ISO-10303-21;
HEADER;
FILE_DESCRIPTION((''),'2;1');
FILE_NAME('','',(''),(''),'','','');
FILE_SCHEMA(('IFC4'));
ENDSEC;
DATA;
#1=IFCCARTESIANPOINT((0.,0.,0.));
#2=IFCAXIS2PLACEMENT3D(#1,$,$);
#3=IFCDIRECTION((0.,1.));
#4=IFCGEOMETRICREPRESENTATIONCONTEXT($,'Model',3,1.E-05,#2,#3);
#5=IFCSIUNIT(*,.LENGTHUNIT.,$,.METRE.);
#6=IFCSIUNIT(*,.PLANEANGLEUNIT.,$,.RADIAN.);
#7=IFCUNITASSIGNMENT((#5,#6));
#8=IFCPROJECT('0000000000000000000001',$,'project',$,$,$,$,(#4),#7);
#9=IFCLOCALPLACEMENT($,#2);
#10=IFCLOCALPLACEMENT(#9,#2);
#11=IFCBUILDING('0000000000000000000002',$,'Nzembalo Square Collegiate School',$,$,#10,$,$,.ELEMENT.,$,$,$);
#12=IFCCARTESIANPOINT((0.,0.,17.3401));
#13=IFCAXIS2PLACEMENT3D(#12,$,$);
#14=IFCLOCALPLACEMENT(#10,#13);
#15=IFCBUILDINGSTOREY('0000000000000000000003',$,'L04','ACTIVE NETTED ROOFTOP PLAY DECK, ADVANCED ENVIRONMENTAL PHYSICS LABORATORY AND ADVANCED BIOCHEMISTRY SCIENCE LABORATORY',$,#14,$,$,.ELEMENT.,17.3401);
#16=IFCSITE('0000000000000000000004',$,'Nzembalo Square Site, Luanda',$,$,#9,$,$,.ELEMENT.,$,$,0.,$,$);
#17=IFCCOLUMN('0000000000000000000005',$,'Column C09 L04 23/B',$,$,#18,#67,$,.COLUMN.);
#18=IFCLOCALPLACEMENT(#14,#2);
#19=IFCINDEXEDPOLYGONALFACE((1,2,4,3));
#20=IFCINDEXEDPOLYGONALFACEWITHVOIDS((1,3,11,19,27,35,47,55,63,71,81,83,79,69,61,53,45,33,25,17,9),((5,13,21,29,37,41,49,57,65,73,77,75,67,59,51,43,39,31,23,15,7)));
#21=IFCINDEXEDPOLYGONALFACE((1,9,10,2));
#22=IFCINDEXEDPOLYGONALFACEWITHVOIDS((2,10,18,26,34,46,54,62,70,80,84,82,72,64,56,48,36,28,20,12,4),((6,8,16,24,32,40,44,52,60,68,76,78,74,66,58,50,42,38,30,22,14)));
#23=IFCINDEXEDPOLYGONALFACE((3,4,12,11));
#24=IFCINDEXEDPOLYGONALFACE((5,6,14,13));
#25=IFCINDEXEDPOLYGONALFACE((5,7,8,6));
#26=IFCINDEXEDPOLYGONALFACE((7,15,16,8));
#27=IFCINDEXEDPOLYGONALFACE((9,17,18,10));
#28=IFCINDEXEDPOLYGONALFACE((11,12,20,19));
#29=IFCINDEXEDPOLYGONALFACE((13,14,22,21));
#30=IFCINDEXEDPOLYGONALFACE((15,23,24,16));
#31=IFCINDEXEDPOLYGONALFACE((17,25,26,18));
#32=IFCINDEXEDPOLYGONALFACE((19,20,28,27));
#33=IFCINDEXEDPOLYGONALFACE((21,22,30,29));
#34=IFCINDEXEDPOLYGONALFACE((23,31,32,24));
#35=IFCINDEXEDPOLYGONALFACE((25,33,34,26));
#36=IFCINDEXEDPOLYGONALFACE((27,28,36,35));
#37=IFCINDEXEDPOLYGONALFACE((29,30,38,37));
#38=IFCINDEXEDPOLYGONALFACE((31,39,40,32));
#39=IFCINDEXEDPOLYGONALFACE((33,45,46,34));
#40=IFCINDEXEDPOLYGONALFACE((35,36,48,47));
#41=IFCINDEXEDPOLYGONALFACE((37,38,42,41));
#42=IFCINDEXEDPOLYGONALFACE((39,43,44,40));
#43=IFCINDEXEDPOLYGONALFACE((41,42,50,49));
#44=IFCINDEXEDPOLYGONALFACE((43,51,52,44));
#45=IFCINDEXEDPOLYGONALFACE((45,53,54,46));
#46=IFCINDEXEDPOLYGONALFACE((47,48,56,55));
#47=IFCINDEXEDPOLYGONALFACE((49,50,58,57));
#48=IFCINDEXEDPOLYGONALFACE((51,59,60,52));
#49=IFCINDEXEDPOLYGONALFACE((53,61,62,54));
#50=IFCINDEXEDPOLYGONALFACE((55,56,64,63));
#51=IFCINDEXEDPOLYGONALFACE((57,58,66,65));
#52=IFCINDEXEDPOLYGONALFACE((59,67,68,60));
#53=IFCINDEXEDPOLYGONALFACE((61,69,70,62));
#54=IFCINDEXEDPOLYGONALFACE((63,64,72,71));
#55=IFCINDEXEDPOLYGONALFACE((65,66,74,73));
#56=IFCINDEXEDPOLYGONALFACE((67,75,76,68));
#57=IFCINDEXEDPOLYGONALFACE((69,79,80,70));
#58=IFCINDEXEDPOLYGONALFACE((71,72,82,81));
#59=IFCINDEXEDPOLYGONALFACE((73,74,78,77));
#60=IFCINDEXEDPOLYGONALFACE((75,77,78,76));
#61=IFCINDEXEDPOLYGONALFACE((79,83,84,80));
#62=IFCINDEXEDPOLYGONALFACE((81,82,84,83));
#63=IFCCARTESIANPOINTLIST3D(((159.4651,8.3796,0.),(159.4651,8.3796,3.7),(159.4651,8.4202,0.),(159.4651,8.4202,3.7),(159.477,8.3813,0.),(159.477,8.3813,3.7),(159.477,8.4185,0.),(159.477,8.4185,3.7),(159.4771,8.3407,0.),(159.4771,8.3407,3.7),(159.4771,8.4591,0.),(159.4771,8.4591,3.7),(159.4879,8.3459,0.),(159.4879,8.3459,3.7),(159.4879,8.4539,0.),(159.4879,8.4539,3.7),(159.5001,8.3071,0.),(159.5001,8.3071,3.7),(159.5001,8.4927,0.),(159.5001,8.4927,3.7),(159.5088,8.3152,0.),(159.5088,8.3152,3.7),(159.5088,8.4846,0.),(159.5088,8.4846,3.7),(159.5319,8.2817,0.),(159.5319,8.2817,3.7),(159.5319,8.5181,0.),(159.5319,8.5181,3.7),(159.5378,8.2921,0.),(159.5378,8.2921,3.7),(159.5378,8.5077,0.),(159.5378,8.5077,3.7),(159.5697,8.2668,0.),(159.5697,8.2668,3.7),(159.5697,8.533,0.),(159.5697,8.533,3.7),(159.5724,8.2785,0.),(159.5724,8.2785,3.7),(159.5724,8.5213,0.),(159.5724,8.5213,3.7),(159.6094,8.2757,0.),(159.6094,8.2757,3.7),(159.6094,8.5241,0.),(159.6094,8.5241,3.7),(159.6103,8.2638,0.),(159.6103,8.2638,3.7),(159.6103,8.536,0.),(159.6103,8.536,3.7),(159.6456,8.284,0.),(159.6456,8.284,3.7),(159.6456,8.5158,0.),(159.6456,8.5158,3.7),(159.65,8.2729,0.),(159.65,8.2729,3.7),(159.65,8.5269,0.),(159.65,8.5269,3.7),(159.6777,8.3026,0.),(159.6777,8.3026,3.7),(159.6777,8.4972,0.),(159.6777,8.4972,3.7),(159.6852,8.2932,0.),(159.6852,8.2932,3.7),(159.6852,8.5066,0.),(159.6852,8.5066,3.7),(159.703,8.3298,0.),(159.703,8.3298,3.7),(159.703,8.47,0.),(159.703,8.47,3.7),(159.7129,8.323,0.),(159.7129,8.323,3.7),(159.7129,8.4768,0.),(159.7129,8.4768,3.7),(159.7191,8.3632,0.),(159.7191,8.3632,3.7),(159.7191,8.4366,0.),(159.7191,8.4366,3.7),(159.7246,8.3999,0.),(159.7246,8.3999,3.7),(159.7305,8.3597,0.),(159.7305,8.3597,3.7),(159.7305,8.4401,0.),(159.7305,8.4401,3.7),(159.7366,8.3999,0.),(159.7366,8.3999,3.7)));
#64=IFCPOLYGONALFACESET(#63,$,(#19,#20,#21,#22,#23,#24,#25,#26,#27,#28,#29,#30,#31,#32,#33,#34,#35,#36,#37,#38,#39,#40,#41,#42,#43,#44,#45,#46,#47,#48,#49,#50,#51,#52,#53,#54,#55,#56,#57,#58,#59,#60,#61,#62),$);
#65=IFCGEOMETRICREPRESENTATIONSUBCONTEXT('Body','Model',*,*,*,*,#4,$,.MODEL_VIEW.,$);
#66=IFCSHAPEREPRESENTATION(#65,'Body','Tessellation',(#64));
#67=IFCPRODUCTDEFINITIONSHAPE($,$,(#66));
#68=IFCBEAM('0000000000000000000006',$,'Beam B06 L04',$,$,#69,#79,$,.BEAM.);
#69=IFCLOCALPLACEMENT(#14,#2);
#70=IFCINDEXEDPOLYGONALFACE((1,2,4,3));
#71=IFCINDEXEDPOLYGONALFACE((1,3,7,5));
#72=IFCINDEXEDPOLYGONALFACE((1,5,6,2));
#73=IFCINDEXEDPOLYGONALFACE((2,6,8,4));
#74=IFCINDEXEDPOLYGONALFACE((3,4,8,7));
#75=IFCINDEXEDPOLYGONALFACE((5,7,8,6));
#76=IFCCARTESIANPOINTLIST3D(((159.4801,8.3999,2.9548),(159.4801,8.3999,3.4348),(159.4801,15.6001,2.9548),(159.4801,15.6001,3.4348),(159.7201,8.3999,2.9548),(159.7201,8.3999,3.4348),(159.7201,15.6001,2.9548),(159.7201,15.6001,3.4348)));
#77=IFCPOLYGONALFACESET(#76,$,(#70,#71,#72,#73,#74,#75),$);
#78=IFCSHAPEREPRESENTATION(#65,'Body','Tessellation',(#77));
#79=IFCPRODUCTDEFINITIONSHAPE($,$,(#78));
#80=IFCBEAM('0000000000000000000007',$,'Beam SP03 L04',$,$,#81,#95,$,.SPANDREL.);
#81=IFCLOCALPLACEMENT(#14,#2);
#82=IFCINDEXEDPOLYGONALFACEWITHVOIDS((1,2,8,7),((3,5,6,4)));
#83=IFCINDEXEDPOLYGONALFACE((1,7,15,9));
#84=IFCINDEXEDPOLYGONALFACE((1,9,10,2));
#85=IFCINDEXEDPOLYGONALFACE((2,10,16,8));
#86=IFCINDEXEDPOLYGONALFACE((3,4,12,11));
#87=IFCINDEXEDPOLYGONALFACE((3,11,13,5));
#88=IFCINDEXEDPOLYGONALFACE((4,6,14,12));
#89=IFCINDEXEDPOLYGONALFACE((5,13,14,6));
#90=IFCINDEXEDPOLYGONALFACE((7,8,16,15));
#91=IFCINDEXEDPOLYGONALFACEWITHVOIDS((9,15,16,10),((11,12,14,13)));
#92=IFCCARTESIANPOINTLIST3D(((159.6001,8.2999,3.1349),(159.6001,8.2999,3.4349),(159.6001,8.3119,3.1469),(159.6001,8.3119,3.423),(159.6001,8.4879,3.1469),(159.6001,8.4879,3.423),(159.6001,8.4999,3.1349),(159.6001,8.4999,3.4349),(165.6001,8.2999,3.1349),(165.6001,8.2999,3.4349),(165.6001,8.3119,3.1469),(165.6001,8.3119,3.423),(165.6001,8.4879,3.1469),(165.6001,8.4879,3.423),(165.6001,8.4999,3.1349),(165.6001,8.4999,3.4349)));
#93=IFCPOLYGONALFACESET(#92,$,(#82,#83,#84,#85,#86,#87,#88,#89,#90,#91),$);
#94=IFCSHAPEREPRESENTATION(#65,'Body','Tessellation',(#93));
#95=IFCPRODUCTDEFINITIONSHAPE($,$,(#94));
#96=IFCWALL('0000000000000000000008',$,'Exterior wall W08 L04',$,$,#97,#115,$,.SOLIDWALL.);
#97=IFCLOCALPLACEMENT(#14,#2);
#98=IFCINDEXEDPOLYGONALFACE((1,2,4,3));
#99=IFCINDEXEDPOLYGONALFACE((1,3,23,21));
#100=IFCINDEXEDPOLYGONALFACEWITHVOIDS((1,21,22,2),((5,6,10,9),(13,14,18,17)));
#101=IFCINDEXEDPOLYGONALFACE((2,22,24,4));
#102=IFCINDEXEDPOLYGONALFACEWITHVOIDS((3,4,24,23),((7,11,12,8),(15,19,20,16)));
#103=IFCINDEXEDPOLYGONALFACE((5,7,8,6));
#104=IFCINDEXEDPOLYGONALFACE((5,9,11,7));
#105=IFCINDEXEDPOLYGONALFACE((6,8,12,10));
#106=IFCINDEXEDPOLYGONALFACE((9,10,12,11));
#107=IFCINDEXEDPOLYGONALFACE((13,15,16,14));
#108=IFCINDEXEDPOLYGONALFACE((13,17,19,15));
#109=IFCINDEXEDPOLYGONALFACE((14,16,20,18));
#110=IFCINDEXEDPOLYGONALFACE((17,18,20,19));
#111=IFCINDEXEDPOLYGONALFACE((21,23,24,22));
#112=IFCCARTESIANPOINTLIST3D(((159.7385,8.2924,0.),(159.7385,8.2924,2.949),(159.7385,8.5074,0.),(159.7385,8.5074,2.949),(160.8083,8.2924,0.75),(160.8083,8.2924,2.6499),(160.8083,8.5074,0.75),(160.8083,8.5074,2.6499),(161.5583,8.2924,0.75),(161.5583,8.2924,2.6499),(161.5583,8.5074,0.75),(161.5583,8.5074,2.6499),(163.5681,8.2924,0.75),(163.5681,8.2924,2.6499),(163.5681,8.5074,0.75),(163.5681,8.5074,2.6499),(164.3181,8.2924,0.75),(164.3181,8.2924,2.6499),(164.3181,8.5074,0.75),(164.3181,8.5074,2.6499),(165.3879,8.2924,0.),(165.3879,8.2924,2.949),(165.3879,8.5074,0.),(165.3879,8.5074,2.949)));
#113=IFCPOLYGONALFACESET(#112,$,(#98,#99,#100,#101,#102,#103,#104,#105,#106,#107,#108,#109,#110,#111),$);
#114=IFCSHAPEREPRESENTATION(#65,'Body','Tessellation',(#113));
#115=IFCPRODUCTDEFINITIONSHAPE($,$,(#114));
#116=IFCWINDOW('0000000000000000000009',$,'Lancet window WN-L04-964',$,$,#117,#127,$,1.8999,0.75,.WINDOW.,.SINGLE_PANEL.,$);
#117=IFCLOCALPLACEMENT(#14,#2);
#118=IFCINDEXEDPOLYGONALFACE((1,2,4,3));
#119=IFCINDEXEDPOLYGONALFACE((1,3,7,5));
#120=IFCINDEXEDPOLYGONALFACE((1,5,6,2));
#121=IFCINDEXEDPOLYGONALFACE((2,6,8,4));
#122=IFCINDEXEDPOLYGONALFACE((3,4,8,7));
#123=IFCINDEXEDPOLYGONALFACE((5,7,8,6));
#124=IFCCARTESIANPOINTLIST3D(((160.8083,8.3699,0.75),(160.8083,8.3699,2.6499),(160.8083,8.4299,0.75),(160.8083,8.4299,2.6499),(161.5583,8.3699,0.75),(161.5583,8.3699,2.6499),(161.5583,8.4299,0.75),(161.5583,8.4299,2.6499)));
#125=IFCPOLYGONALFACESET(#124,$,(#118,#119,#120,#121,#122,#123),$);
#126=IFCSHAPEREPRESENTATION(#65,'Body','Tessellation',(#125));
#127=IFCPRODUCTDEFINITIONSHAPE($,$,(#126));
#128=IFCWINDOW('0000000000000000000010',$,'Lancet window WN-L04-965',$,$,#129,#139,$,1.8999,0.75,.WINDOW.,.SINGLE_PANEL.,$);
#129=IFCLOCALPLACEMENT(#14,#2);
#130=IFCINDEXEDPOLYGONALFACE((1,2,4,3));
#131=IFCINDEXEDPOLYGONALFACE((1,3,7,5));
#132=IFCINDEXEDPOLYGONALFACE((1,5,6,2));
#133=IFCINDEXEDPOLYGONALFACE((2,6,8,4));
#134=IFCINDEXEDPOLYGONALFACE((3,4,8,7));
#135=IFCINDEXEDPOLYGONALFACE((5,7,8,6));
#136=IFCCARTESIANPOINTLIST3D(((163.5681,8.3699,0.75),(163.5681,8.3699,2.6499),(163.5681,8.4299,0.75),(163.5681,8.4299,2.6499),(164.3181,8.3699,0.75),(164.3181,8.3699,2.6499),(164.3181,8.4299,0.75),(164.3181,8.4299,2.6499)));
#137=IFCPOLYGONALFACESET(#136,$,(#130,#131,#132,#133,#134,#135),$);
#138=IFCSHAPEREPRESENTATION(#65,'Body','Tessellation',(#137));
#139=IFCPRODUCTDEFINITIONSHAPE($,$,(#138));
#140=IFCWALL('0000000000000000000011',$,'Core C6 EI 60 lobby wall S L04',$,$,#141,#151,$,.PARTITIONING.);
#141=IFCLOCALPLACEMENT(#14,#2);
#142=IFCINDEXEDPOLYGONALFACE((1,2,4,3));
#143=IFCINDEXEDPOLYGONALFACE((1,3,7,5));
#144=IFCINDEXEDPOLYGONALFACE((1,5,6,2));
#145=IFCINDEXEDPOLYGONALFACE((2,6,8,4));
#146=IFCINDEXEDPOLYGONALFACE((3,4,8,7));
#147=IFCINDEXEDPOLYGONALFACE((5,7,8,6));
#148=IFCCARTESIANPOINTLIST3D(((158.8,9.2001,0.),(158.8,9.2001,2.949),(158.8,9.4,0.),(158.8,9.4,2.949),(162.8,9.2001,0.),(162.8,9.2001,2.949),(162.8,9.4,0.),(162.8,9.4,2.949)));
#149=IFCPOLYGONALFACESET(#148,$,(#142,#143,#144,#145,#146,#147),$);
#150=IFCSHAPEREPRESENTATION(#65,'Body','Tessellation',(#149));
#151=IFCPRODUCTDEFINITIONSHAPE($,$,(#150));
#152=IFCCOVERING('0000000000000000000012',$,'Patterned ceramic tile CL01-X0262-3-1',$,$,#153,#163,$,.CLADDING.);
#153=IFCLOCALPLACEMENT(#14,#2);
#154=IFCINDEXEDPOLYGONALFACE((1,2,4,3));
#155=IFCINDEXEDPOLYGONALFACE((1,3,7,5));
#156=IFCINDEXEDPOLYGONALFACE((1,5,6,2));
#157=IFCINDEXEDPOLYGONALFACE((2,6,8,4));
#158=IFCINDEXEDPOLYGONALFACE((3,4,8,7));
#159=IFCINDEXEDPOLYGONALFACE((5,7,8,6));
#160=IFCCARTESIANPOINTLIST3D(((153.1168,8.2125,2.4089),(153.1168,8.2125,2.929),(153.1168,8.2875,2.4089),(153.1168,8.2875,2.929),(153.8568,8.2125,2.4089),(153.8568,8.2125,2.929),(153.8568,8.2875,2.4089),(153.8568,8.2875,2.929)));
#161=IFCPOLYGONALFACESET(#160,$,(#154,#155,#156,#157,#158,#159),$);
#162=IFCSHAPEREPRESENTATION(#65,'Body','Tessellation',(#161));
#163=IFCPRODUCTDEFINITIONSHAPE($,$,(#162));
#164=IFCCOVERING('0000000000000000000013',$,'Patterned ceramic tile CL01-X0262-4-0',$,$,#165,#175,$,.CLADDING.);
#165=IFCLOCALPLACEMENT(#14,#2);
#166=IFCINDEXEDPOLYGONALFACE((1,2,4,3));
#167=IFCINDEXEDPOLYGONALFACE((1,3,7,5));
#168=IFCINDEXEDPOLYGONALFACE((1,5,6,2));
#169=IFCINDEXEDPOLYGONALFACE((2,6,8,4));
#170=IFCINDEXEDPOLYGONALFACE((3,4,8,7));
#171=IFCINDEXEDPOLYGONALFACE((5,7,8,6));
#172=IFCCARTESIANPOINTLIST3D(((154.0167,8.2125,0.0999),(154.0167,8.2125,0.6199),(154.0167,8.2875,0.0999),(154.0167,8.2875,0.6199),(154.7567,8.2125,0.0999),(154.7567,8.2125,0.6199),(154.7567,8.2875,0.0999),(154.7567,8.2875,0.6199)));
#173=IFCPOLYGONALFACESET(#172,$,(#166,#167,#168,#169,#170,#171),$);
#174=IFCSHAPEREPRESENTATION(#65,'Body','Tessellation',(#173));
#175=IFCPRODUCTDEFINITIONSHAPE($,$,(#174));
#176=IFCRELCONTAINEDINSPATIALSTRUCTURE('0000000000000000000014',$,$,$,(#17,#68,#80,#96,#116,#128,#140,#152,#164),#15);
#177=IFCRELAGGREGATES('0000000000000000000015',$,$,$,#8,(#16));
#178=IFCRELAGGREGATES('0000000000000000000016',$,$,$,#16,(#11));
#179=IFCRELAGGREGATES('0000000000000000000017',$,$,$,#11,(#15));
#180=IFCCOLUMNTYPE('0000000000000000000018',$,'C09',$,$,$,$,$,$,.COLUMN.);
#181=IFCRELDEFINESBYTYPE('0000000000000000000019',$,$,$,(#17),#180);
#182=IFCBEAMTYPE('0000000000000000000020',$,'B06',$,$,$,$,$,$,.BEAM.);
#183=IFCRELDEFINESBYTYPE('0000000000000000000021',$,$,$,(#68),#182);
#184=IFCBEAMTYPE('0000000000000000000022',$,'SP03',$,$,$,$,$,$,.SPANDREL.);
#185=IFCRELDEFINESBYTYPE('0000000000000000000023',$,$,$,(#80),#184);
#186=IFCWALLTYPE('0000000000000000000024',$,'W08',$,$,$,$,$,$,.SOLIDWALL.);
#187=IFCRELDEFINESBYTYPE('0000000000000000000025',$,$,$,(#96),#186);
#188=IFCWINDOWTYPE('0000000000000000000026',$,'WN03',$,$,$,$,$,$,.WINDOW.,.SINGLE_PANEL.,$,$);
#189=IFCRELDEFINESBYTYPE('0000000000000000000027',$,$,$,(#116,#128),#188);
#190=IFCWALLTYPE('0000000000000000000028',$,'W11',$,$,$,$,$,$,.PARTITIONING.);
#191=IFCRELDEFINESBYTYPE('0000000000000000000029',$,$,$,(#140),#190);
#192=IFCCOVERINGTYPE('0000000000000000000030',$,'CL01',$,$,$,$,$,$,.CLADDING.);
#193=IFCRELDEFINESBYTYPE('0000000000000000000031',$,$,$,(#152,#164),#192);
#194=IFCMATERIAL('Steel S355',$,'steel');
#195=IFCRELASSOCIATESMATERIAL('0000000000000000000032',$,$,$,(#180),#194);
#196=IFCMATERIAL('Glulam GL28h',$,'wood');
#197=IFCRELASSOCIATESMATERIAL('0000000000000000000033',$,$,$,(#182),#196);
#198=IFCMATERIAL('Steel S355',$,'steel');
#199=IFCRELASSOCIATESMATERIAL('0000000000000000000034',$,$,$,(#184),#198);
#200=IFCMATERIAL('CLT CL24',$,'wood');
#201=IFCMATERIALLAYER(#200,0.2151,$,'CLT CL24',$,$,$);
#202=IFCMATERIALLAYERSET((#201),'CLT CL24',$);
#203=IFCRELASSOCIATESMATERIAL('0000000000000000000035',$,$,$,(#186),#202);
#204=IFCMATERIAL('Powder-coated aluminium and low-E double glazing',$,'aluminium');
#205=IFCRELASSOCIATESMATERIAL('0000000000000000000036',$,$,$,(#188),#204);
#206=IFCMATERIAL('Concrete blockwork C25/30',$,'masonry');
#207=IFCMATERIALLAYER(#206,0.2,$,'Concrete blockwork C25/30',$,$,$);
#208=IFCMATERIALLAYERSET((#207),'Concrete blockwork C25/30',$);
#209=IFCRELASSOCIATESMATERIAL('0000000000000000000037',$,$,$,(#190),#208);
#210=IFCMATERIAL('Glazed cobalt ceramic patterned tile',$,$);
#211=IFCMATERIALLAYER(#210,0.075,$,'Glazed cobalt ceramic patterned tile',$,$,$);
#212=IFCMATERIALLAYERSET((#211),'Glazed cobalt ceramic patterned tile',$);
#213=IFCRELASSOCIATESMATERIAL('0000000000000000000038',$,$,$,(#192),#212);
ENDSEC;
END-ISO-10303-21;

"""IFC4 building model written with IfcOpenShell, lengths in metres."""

from ifc_helpers import new_model, si_unit, direction, frame, frame_2d, origin, origin_2d, place, context, subcontext, project, spatial, rectangle, hollow_rectangle, hollow_circle, extrude, material, layer, layer_set, material_profile, profile_set, type_object, element, fill, save


model = new_model("IFC4")

# Units and contexts
model_context = context("Model", 3, precision=1e-05, world=origin(), true_north=direction((0.0, 1.0)))
body_context = subcontext(model_context, "Body", "Model", "MODEL_VIEW")
ifc_project = project(units=[si_unit("LENGTHUNIT", "METRE"), si_unit("PLANEANGLEUNIT", "RADIAN")], contexts=[model_context])

# Site, building, storey
site_placement = place(None, origin())
site = spatial("IfcSite", under=ifc_project, at=site_placement, Name="Nzembalo Square Site, Luanda", CompositionType="ELEMENT", RefElevation=0.0)
building_placement = place(site_placement, origin())
building = spatial("IfcBuilding", under=site, at=building_placement, Name="Nzembalo Square Collegiate School", CompositionType="ELEMENT")
storey_placement = place(building_placement, frame((0.0, 0.0, 17.3401)))
storey = spatial("IfcBuildingStorey", under=building, at=storey_placement, Name="L04", Description="ACTIVE NETTED ROOFTOP PLAY DECK, ADVANCED ENVIRONMENTAL PHYSICS LABORATORY AND ADVANCED BIOCHEMISTRY SCIENCE LABORATORY", CompositionType="ELEMENT", Elevation=17.3401)

# Column
ifc_material_1 = material(Name="Steel S355", Category="steel")
ifc_material_profile_1 = material_profile(ifc_material_1, hollow_circle(Radius=0.1365, WallThickness=0.012, at=origin_2d()), Name="CHS 273x12")
ifc_profile_set_1 = profile_set([ifc_material_profile_1], Name="Steel S355")
column_type = type_object("IfcColumnType", Name="C09", PredefinedType="COLUMN", material=ifc_profile_set_1)
column_placement = place(storey_placement, frame((159.6001, 8.3999, 0.0), z_axis=(0.0, 0.0, 1.0), x_axis=(1.0, 0.0, 0.0)))
element("IfcColumn", 1, at=column_placement, inside=storey, type_object=column_type, Name="Column C09 L04 23/B", PredefinedType="COLUMN", context=body_context, shape_type="SweptSolid", body=[
    extrude(hollow_circle(Radius=0.1365, WallThickness=0.012, at=origin_2d()), origin(), (0.0, 0.0, 1.0), 3.7),
])

# Beams
ifc_material_2 = material(Name="Glulam GL28h", Category="wood")
ifc_material_profile_2 = material_profile(ifc_material_2, rectangle(XDim=0.24, YDim=0.48, at=origin_2d()), Name="GL28h 240x480")
ifc_profile_set_2 = profile_set([ifc_material_profile_2], Name="Glulam GL28h")
beam_type_1 = type_object("IfcBeamType", Name="B06", PredefinedType="BEAM", material=ifc_profile_set_2)
beam_1_placement = place(storey_placement, frame((159.6001, 8.3999, 3.1948), z_axis=(0.0, 1.0, 0.0), x_axis=(-1.0, 0.0, 0.0)))
element("IfcBeam", 2, at=beam_1_placement, inside=storey, type_object=beam_type_1, Name="Beam B06 L04", PredefinedType="BEAM", context=body_context, shape_type="SweptSolid", body=[
    extrude(rectangle(XDim=0.24, YDim=0.48, at=origin_2d()), origin(), (0.0, 0.0, 1.0), 7.2002),
])
ifc_material_3 = material(Name="Steel S355", Category="steel")
ifc_material_profile_3 = material_profile(ifc_material_3, hollow_rectangle(XDim=0.2, YDim=0.3, WallThickness=0.012, at=origin_2d()), Name="RHS 300x200x12")
ifc_profile_set_3 = profile_set([ifc_material_profile_3], Name="Steel S355")
beam_type_2 = type_object("IfcBeamType", Name="SP03", PredefinedType="SPANDREL", material=ifc_profile_set_3)
beam_2_placement = place(storey_placement, frame((159.6001, 8.3999, 3.2849), z_axis=(1.0, 0.0, 0.0), x_axis=(0.0, 1.0, 0.0)))
element("IfcBeam", 3, at=beam_2_placement, inside=storey, type_object=beam_type_2, Name="Beam SP03 L04", PredefinedType="SPANDREL", context=body_context, shape_type="SweptSolid", body=[
    extrude(hollow_rectangle(XDim=0.2, YDim=0.3, WallThickness=0.012, at=origin_2d()), origin(), (0.0, 0.0, 1.0), 6.0),
])

# Wall, openings, windows
ifc_material_4 = material(Name="CLT CL24", Category="wood")
ifc_layer_1 = layer(ifc_material_4, 0.2151, Name="CLT CL24")
ifc_layer_set_1 = layer_set([ifc_layer_1], Name="CLT CL24")
wall_type_1 = type_object("IfcWallType", Name="W08", PredefinedType="SOLIDWALL", material=ifc_layer_set_1)
wall_1_placement = place(storey_placement, frame((159.7385, 8.3999, 0.0), z_axis=(0.0, 0.0, 1.0), x_axis=(1.0, 0.0, 0.0)))
wall_1 = element("IfcWall", 4, at=wall_1_placement, inside=storey, type_object=wall_type_1, Name="Exterior wall W08 L04", PredefinedType="SOLIDWALL", context=body_context, shape_type="SweptSolid", body=[
    extrude(rectangle(XDim=5.6494, YDim=0.2151, at=frame_2d((2.8247, 0.0))), origin(), (0.0, 0.0, 1.0), 2.949),
])
opening_1_placement = place(wall_1_placement, frame((1.0698, 0.0, 0.75)))
opening_1 = element("IfcOpeningElement", 5, at=opening_1_placement, cuts=wall_1, PredefinedType="OPENING", context=body_context, shape_type="SweptSolid", body=[
    extrude(rectangle(XDim=0.75, YDim=1.8999, at=frame_2d((0.375, 0.95))), frame((0.0, 0.1177, 0.0), z_axis=(0.0, -1.0, 0.0), x_axis=(1.0, 0.0, 0.0)), (0.0, 0.0, 1.0), 0.2351),
])
opening_2_placement = place(wall_1_placement, frame((3.8296, 0.0, 0.75)))
opening_2 = element("IfcOpeningElement", 6, at=opening_2_placement, cuts=wall_1, PredefinedType="OPENING", context=body_context, shape_type="SweptSolid", body=[
    extrude(rectangle(XDim=0.75, YDim=1.8999, at=frame_2d((0.375, 0.95))), frame((0.0, 0.1177, 0.0), z_axis=(0.0, -1.0, 0.0), x_axis=(1.0, 0.0, 0.0)), (0.0, 0.0, 1.0), 0.2351),
])
ifc_material_5 = material(Name="Powder-coated aluminium and low-E double glazing", Category="aluminium")
window_type = type_object("IfcWindowType", Name="WN03", PartitioningType="SINGLE_PANEL", PredefinedType="WINDOW", material=ifc_material_5)
window_1_placement = place(opening_1_placement, origin())
window_1 = element("IfcWindow", 7, at=window_1_placement, inside=storey, type_object=window_type, Name="Lancet window WN-L04-964", OverallHeight=1.8999, OverallWidth=0.75, PartitioningType="SINGLE_PANEL", PredefinedType="WINDOW", context=body_context, shape_type="SweptSolid", body=[
    extrude(rectangle(XDim=0.75, YDim=1.8999, at=frame_2d((0.375, 0.95))), frame((0.0, 0.03, 0.0), z_axis=(0.0, -1.0, 0.0), x_axis=(1.0, 0.0, 0.0)), (0.0, 0.0, 1.0), 0.0601),
])
fill(opening_1, window_1)
window_2_placement = place(opening_2_placement, origin())
window_2 = element("IfcWindow", 8, at=window_2_placement, inside=storey, type_object=window_type, Name="Lancet window WN-L04-965", OverallHeight=1.8999, OverallWidth=0.75, PartitioningType="SINGLE_PANEL", PredefinedType="WINDOW", context=body_context, shape_type="SweptSolid", body=[
    extrude(rectangle(XDim=0.75, YDim=1.8999, at=frame_2d((0.375, 0.95))), frame((0.0, 0.03, 0.0), z_axis=(0.0, -1.0, 0.0), x_axis=(1.0, 0.0, 0.0)), (0.0, 0.0, 1.0), 0.0601),
])
fill(opening_2, window_2)

# Wall
ifc_material_6 = material(Name="Concrete blockwork C25/30", Category="masonry")
ifc_layer_2 = layer(ifc_material_6, 0.2, Name="Concrete blockwork C25/30")
ifc_layer_set_2 = layer_set([ifc_layer_2], Name="Concrete blockwork C25/30")
wall_type_2 = type_object("IfcWallType", Name="W11", PredefinedType="PARTITIONING", material=ifc_layer_set_2)
wall_2_placement = place(storey_placement, frame((158.8, 9.3, 0.0), z_axis=(0.0, 0.0, 1.0), x_axis=(1.0, 0.0, 0.0)))
element("IfcWall", 9, at=wall_2_placement, inside=storey, type_object=wall_type_2, Name="Core C6 EI 60 lobby wall S L04", PredefinedType="PARTITIONING", context=body_context, shape_type="SweptSolid", body=[
    extrude(rectangle(XDim=4.0, YDim=0.2, at=frame_2d((2.0, 0.0))), origin(), (0.0, 0.0, 1.0), 2.949),
])

# Coverings
ifc_material_7 = material(Name="Glazed cobalt ceramic patterned tile")
ifc_layer_3 = layer(ifc_material_7, 0.075, Name="Glazed cobalt ceramic patterned tile")
ifc_layer_set_3 = layer_set([ifc_layer_3], Name="Glazed cobalt ceramic patterned tile")
covering_type_1 = type_object("IfcCoveringType", Name="CL01", PredefinedType="CLADDING", material=ifc_layer_set_3)
for number, where, z_axis, x_axis, name in (
    (10, (153.4868, 8.25, 2.4089), (0.0, 0.0, 1.0), (1.0, 0.0, 0.0), "Patterned ceramic tile CL01-X0262-3-1"),
    (11, (154.3867, 8.25, 0.0999), (0.0, 0.0, 1.0), (1.0, 0.0, 0.0), "Patterned ceramic tile CL01-X0262-4-0"),
):
    element("IfcCovering", number, at=place(storey_placement, frame(where, z_axis=z_axis, x_axis=x_axis)), inside=storey, type_object=covering_type_1, Name=name, PredefinedType="CLADDING", context=body_context, shape_type="SweptSolid", body=[
        extrude(rectangle(XDim=0.74, YDim=0.075, at=origin_2d()), origin(), (0.0, 0.0, 1.0), 0.52),
    ])

save(model, "model.ifc")
